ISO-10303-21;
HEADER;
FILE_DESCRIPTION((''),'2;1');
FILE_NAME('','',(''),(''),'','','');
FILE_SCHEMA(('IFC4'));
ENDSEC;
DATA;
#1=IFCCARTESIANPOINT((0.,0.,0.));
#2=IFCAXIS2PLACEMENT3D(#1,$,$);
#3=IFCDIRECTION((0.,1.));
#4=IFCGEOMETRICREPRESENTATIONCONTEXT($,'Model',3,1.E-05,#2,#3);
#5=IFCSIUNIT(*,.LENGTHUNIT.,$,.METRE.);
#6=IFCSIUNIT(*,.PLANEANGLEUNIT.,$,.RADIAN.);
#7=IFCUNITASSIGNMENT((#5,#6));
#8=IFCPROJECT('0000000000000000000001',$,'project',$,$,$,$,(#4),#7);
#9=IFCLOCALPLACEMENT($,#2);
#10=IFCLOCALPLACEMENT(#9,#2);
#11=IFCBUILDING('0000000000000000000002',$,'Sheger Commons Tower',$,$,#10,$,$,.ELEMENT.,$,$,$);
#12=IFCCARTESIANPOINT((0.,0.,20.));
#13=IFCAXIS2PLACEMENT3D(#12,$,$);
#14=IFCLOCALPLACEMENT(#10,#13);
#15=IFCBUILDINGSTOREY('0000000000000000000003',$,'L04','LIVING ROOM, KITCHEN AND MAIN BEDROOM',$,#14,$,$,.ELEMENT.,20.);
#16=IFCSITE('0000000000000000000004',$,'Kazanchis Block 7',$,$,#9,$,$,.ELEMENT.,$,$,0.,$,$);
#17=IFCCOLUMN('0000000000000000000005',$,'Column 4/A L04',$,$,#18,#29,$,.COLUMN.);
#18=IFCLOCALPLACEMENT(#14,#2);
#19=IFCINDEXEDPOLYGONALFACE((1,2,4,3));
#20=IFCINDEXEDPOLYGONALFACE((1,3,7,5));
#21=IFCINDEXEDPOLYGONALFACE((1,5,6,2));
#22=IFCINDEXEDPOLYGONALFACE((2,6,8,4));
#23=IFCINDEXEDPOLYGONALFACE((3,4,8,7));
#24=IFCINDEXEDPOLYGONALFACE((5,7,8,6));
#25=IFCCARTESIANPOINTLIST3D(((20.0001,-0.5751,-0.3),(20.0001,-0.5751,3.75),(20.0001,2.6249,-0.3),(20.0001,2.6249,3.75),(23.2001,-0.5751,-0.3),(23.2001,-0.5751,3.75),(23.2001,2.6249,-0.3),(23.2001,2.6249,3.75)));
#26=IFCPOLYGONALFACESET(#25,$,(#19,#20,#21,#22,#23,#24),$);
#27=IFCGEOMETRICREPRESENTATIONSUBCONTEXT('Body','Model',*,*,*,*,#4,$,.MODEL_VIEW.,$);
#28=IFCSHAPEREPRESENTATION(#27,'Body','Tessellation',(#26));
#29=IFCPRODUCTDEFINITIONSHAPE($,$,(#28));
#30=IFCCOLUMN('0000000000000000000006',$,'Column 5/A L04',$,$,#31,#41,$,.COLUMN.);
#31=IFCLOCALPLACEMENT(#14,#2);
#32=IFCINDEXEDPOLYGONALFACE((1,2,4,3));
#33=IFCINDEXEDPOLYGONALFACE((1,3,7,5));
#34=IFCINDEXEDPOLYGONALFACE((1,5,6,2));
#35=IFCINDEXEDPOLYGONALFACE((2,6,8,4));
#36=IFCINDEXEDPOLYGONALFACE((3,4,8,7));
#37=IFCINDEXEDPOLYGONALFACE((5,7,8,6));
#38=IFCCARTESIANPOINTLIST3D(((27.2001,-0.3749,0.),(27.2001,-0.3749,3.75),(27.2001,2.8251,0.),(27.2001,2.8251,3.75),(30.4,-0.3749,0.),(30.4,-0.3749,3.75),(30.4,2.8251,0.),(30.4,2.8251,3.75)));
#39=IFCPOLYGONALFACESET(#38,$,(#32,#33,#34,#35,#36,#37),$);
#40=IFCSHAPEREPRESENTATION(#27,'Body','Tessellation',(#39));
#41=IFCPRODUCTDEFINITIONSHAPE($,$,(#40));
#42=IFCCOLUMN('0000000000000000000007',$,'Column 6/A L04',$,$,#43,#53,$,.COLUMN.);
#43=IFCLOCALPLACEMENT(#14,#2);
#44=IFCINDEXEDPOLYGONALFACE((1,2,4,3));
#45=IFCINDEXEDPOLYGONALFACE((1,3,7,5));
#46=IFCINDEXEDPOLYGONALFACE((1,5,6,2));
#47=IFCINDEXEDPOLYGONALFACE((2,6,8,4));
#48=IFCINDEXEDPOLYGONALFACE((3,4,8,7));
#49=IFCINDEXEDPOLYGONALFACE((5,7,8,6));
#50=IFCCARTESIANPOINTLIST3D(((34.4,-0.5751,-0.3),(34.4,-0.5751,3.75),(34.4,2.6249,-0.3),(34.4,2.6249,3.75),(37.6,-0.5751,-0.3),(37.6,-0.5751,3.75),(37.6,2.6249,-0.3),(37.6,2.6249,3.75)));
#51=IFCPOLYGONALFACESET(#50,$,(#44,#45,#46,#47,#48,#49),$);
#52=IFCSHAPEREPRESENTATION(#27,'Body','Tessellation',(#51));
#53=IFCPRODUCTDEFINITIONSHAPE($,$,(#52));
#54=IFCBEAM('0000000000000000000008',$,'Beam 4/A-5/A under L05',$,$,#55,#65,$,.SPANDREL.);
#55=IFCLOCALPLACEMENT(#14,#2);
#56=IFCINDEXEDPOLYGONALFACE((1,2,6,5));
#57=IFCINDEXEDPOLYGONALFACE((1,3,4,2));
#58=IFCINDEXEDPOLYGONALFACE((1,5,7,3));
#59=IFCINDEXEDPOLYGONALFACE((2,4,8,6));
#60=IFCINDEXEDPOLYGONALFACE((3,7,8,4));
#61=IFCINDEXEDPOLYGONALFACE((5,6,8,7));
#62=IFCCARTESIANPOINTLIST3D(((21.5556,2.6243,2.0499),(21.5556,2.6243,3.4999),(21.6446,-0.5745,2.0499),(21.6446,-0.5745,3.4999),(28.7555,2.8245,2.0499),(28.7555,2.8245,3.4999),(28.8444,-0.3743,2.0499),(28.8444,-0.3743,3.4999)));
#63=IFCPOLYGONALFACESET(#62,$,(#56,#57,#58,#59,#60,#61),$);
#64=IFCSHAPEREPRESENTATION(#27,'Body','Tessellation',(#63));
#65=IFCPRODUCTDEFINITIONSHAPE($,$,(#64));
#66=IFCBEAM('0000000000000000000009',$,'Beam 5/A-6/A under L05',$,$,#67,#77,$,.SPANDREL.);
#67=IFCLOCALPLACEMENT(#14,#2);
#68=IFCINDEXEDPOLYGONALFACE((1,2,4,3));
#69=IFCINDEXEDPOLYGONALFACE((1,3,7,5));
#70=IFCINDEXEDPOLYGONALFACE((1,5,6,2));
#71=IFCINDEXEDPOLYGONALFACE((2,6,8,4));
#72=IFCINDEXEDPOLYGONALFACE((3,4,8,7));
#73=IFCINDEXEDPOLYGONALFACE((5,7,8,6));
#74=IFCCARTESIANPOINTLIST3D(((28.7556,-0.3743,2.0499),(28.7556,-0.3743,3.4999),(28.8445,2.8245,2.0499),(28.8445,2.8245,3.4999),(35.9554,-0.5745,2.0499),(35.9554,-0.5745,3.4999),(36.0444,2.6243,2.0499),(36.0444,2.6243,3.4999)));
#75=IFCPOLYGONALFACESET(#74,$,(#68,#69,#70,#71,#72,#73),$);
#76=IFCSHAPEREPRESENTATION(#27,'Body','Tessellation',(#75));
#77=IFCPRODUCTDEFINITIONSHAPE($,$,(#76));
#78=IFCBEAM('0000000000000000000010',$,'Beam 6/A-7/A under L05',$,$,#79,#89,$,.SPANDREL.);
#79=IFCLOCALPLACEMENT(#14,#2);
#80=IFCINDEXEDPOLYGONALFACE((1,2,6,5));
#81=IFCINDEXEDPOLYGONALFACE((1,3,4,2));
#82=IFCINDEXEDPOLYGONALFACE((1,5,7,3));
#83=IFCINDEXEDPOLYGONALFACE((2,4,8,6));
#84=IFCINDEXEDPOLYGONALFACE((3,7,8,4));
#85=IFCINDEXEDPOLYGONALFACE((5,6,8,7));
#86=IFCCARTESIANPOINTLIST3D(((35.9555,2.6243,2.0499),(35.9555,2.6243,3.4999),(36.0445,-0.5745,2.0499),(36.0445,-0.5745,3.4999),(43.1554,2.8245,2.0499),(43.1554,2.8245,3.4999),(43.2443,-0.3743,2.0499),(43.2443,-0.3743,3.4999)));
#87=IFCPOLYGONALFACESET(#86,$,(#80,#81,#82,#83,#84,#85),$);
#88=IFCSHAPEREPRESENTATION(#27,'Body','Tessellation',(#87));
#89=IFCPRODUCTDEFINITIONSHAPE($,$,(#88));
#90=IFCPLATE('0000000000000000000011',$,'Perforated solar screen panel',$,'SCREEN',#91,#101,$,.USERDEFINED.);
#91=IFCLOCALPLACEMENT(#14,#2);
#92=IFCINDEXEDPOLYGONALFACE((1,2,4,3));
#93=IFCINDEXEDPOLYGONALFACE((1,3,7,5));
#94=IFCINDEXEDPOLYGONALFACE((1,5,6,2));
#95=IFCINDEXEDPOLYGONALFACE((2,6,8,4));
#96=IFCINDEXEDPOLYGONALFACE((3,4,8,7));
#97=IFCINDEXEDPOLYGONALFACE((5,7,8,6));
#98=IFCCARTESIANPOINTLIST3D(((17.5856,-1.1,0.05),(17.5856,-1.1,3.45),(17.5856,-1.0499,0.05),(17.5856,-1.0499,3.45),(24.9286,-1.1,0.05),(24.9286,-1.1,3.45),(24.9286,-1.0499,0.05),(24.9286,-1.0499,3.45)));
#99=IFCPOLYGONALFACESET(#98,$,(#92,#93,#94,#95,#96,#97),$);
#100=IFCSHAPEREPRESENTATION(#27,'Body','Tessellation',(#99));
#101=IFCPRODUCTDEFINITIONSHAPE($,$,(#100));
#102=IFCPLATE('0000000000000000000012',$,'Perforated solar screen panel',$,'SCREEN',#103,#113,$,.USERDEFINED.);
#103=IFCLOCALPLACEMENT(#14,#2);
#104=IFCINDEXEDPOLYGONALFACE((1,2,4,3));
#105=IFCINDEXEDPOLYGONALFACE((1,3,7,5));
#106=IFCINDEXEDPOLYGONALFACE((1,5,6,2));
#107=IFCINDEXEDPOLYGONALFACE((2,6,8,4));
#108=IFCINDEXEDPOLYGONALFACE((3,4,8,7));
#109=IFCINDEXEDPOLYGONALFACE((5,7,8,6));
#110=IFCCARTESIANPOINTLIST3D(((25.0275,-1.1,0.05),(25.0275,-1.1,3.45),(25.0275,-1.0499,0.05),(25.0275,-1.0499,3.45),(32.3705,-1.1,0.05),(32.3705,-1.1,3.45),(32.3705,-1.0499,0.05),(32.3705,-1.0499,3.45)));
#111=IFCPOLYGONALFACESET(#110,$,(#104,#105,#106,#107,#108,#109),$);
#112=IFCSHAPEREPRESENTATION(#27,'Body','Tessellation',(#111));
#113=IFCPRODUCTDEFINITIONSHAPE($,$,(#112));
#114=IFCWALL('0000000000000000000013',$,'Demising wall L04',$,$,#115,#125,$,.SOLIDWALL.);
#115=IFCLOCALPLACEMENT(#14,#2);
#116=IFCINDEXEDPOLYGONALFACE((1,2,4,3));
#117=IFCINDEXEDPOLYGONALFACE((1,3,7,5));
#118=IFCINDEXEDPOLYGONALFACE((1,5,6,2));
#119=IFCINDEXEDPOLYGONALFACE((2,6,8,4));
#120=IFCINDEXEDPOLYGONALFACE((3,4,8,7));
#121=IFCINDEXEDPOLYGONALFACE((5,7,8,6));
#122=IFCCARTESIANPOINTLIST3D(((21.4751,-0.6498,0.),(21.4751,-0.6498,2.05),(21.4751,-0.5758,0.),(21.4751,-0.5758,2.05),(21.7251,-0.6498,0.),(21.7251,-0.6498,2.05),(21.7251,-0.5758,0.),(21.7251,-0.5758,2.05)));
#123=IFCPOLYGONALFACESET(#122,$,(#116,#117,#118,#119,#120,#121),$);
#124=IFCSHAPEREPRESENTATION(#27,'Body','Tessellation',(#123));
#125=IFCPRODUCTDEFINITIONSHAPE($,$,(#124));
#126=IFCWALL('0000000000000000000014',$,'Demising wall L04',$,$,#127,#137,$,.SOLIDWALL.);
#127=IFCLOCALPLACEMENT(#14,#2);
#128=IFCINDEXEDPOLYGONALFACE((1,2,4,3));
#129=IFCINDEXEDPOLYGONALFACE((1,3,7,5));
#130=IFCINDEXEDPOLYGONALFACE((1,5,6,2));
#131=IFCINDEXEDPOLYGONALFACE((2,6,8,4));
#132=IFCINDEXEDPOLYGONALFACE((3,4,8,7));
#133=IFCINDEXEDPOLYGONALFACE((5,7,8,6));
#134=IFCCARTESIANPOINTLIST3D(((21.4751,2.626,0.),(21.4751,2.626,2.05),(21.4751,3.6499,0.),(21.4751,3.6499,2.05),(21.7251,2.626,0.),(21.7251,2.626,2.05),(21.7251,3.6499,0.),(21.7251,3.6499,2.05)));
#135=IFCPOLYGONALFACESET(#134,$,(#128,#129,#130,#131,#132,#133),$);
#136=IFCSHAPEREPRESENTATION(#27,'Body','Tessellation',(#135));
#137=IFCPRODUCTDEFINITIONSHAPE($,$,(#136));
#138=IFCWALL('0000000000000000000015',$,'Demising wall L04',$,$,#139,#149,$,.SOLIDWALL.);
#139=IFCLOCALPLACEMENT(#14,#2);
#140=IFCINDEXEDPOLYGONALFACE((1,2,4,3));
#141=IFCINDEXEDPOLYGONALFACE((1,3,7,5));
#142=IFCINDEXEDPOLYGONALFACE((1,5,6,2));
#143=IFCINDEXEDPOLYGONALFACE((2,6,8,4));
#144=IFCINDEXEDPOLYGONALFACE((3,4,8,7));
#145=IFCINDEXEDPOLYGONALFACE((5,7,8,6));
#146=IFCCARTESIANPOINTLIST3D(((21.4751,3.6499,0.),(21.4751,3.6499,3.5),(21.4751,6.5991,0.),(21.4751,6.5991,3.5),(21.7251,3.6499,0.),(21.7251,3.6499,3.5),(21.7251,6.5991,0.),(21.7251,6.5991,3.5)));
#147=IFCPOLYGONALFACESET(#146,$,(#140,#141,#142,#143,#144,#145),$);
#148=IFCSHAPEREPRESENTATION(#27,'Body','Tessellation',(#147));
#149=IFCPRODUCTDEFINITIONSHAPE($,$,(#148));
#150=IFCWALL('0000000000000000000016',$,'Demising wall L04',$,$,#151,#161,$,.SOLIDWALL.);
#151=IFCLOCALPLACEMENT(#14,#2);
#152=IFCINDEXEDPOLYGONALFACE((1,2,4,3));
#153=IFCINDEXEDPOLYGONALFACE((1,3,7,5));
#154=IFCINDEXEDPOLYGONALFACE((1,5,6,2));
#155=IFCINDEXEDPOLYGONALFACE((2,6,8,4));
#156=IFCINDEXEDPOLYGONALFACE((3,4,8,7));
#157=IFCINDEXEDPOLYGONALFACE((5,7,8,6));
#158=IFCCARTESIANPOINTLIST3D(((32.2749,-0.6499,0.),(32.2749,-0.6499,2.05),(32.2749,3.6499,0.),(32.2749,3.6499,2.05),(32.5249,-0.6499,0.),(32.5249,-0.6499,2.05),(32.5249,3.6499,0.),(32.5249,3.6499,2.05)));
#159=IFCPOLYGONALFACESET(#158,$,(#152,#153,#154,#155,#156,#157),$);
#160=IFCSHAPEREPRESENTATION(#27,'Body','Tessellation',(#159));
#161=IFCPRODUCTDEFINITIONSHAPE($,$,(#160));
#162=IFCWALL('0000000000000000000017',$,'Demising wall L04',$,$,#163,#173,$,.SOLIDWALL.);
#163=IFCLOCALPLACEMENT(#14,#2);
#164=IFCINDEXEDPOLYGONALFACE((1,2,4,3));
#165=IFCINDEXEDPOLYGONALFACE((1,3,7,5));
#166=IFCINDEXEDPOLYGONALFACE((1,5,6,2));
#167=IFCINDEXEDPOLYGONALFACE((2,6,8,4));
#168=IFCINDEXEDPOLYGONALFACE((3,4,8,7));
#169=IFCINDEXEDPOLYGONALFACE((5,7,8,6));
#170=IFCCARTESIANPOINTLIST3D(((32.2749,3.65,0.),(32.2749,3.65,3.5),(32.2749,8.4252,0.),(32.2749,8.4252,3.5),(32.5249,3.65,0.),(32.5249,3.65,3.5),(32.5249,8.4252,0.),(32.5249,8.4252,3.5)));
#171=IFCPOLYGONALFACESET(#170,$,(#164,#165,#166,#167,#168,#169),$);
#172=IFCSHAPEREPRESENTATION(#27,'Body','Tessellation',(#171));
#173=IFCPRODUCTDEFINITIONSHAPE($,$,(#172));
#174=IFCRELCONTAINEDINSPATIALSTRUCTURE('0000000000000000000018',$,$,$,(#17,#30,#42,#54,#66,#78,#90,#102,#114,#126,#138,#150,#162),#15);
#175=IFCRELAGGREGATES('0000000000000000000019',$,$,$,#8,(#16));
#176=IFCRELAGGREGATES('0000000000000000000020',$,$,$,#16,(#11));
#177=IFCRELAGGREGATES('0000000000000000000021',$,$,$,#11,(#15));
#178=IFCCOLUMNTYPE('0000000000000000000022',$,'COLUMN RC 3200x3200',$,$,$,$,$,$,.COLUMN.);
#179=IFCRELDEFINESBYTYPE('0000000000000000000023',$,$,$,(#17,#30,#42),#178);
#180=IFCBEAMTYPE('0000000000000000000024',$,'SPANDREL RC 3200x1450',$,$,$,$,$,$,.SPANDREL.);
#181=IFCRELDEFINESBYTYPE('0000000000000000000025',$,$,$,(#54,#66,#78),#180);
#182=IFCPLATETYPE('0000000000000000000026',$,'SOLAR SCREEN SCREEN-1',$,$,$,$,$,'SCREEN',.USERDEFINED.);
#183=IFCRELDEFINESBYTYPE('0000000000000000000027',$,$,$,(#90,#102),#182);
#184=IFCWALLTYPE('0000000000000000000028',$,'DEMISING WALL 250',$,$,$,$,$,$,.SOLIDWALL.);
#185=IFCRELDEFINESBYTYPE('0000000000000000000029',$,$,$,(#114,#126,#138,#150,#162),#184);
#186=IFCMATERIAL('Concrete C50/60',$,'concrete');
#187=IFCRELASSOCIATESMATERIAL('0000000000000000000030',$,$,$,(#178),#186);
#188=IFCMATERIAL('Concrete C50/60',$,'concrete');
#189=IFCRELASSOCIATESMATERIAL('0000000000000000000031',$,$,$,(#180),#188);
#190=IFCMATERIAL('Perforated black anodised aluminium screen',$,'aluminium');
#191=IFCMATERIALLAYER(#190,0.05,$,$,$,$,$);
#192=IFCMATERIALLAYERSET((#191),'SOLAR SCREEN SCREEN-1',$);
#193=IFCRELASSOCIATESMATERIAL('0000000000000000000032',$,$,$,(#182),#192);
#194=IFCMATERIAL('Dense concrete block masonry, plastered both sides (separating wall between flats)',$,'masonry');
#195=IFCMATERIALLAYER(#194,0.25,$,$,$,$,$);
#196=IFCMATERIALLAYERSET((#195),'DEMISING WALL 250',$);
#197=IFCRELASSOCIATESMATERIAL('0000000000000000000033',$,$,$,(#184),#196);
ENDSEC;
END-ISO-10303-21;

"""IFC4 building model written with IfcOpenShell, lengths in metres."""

from ifc_helpers import new_model, si_unit, direction, frame, frame_2d, origin, origin_2d, place, context, subcontext, project, spatial, rectangle, extrude, material, layer, layer_set, material_profile, profile_set, type_object, element, save


model = new_model("IFC4")

# Units and contexts
model_context = context("Model", 3, precision=1e-05, world=origin(), true_north=direction((0.0, 1.0)))
body_context = subcontext(model_context, "Body", "Model", "MODEL_VIEW")
ifc_project = project(units=[si_unit("LENGTHUNIT", "METRE"), si_unit("PLANEANGLEUNIT", "RADIAN")], contexts=[model_context])

# Site, building, storey
site_placement = place(None, origin())
site = spatial("IfcSite", under=ifc_project, at=site_placement, Name="Kazanchis Block 7", CompositionType="ELEMENT", RefElevation=0.0)
building_placement = place(site_placement, origin())
building = spatial("IfcBuilding", under=site, at=building_placement, Name="Sheger Commons Tower", CompositionType="ELEMENT")
storey_placement = place(building_placement, frame((0.0, 0.0, 20.0)))
storey = spatial("IfcBuildingStorey", under=building, at=storey_placement, Name="L04", Description="LIVING ROOM, KITCHEN AND MAIN BEDROOM", CompositionType="ELEMENT", Elevation=20.0)

# Columns
ifc_material_1 = material(Name="Concrete C50/60", Category="concrete")
ifc_material_profile_1 = material_profile(ifc_material_1, rectangle(XDim=3.2, YDim=3.2, at=origin_2d()), Name="RC 3200x3200")
ifc_profile_set_1 = profile_set([ifc_material_profile_1], Name="Concrete C50/60")
column_type = type_object("IfcColumnType", Name="COLUMN RC 3200x3200", PredefinedType="COLUMN", material=ifc_profile_set_1)
column_1_placement = place(storey_placement, frame((21.6001, 1.0249, -0.3), z_axis=(0.0, 0.0, 1.0), x_axis=(1.0, 0.0, 0.0)))
element("IfcColumn", 1, at=column_1_placement, inside=storey, type_object=column_type, Name="Column 4/A L04", PredefinedType="COLUMN", context=body_context, shape_type="SweptSolid", body=[
    extrude(rectangle(XDim=3.2, YDim=3.2, at=origin_2d()), origin(), (0.0, 0.0, 1.0), 4.05),
])
column_2_placement = place(storey_placement, frame((28.8, 1.2251, 0.0), z_axis=(0.0, 0.0, 1.0), x_axis=(1.0, 0.0, 0.0)))
element("IfcColumn", 2, at=column_2_placement, inside=storey, type_object=column_type, Name="Column 5/A L04", PredefinedType="COLUMN", context=body_context, shape_type="SweptSolid", body=[
    extrude(rectangle(XDim=3.2, YDim=3.2, at=origin_2d()), origin(), (0.0, 0.0, 1.0), 3.75),
])
column_3_placement = place(storey_placement, frame((36.0, 1.0249, -0.3), z_axis=(0.0, 0.0, 1.0), x_axis=(1.0, 0.0, 0.0)))
element("IfcColumn", 3, at=column_3_placement, inside=storey, type_object=column_type, Name="Column 6/A L04", PredefinedType="COLUMN", context=body_context, shape_type="SweptSolid", body=[
    extrude(rectangle(XDim=3.2, YDim=3.2, at=origin_2d()), origin(), (0.0, 0.0, 1.0), 4.05),
])

# Beams
ifc_material_2 = material(Name="Concrete C50/60", Category="concrete")
ifc_material_profile_2 = material_profile(ifc_material_2, rectangle(XDim=3.2, YDim=1.45, at=origin_2d()), Name="RC 3200x1450")
ifc_profile_set_2 = profile_set([ifc_material_profile_2], Name="Concrete C50/60")
beam_type = type_object("IfcBeamType", Name="SPANDREL RC 3200x1450", PredefinedType="SPANDREL", material=ifc_profile_set_2)
for number, where, z_axis, x_axis, name in (
    (4, (21.6001, 1.0249, 2.7749), (0.999614, 0.027794, 0.0), (-0.027794, 0.999614, 0.0), "Beam 4/A-5/A under L05"),
    (5, (28.8, 1.2251, 2.7749), (0.999614, -0.027794, 0.0), (0.027794, 0.999614, 0.0), "Beam 5/A-6/A under L05"),
    (6, (36.0, 1.0249, 2.7749), (0.999614, 0.027794, 0.0), (-0.027794, 0.999614, 0.0), "Beam 6/A-7/A under L05"),
):
    element("IfcBeam", number, at=place(storey_placement, frame(where, z_axis=z_axis, x_axis=x_axis)), inside=storey, type_object=beam_type, Name=name, PredefinedType="SPANDREL", context=body_context, shape_type="SweptSolid", body=[
        extrude(rectangle(XDim=3.2, YDim=1.45, at=origin_2d()), origin(), (0.0, 0.0, 1.0), 7.2026),
    ])

# Plates
ifc_material_3 = material(Name="Perforated black anodised aluminium screen", Category="aluminium")
ifc_layer_1 = layer(ifc_material_3, 0.05)
ifc_layer_set_1 = layer_set([ifc_layer_1], Name="SOLAR SCREEN SCREEN-1")
plate_type = type_object("IfcPlateType", Name="SOLAR SCREEN SCREEN-1", ElementType="SCREEN", PredefinedType="USERDEFINED", material=ifc_layer_set_1)
for number, where, z_axis, x_axis, name in (
    (7, (21.2571, -1.075, 0.05), (0.0, 0.0, 1.0), (1.0, 0.0, 0.0), "Perforated solar screen panel"),
    (8, (28.699, -1.075, 0.05), (0.0, 0.0, 1.0), (1.0, 0.0, 0.0), "Perforated solar screen panel"),
):
    element("IfcPlate", number, at=place(storey_placement, frame(where, z_axis=z_axis, x_axis=x_axis)), inside=storey, type_object=plate_type, Name=name, ObjectType="SCREEN", PredefinedType="USERDEFINED", context=body_context, shape_type="SweptSolid", body=[
        extrude(rectangle(XDim=7.343, YDim=0.05, at=origin_2d()), origin(), (0.0, 0.0, 1.0), 3.3999),
    ])

# Walls
ifc_material_4 = material(Name="Dense concrete block masonry, plastered both sides (separating wall between flats)", Category="masonry")
ifc_layer_2 = layer(ifc_material_4, 0.25)
ifc_layer_set_2 = layer_set([ifc_layer_2], Name="DEMISING WALL 250")
wall_type_1 = type_object("IfcWallType", Name="DEMISING WALL 250", PredefinedType="SOLIDWALL", material=ifc_layer_set_2)
wall_1_placement = place(storey_placement, frame((21.6001, -0.6499, 0.0), z_axis=(0.0, 0.0, 1.0), x_axis=(0.0, 1.0, 0.0)))
element("IfcWall", 9, at=wall_1_placement, inside=storey, type_object=wall_type_1, Name="Demising wall L04", PredefinedType="SOLIDWALL", context=body_context, shape_type="SweptSolid", body=[
    extrude(rectangle(XDim=0.074, YDim=0.25, at=frame_2d((0.0371, 0.0))), origin(), (0.0, 0.0, 1.0), 2.05),
])
wall_2_placement = place(storey_placement, frame((21.6001, 2.626, 0.0), z_axis=(0.0, 0.0, 1.0), x_axis=(0.0, 1.0, 0.0)))
element("IfcWall", 10, at=wall_2_placement, inside=storey, type_object=wall_type_1, Name="Demising wall L04", PredefinedType="SOLIDWALL", context=body_context, shape_type="SweptSolid", body=[
    extrude(rectangle(XDim=1.0239, YDim=0.25, at=frame_2d((0.512, 0.0))), origin(), (0.0, 0.0, 1.0), 2.05),
])
wall_3_placement = place(storey_placement, frame((21.6001, 3.6499, 0.0), z_axis=(0.0, 0.0, 1.0), x_axis=(0.0, 1.0, 0.0)))
element("IfcWall", 11, at=wall_3_placement, inside=storey, type_object=wall_type_1, Name="Demising wall L04", PredefinedType="SOLIDWALL", context=body_context, shape_type="SweptSolid", body=[
    extrude(rectangle(XDim=2.9492, YDim=0.25, at=frame_2d((1.4746, 0.0))), origin(), (0.0, 0.0, 1.0), 3.5),
])
wall_4_placement = place(storey_placement, frame((32.3999, -0.6499, 0.0), z_axis=(0.0, 0.0, 1.0), x_axis=(0.0, 1.0, 0.0)))
element("IfcWall", 12, at=wall_4_placement, inside=storey, type_object=wall_type_1, Name="Demising wall L04", PredefinedType="SOLIDWALL", context=body_context, shape_type="SweptSolid", body=[
    extrude(rectangle(XDim=4.2998, YDim=0.25, at=frame_2d((2.1499, 0.0))), origin(), (0.0, 0.0, 1.0), 2.05),
])
wall_5_placement = place(storey_placement, frame((32.3999, 3.6499, 0.0), z_axis=(0.0, 0.0, 1.0), x_axis=(0.0, 1.0, 0.0)))
element("IfcWall", 13, at=wall_5_placement, inside=storey, type_object=wall_type_1, Name="Demising wall L04", PredefinedType="SOLIDWALL", context=body_context, shape_type="SweptSolid", body=[
    extrude(rectangle(XDim=4.7751, YDim=0.25, at=frame_2d((2.3877, 0.0))), origin(), (0.0, 0.0, 1.0), 3.5),
])

save(model, "model.ifc")
